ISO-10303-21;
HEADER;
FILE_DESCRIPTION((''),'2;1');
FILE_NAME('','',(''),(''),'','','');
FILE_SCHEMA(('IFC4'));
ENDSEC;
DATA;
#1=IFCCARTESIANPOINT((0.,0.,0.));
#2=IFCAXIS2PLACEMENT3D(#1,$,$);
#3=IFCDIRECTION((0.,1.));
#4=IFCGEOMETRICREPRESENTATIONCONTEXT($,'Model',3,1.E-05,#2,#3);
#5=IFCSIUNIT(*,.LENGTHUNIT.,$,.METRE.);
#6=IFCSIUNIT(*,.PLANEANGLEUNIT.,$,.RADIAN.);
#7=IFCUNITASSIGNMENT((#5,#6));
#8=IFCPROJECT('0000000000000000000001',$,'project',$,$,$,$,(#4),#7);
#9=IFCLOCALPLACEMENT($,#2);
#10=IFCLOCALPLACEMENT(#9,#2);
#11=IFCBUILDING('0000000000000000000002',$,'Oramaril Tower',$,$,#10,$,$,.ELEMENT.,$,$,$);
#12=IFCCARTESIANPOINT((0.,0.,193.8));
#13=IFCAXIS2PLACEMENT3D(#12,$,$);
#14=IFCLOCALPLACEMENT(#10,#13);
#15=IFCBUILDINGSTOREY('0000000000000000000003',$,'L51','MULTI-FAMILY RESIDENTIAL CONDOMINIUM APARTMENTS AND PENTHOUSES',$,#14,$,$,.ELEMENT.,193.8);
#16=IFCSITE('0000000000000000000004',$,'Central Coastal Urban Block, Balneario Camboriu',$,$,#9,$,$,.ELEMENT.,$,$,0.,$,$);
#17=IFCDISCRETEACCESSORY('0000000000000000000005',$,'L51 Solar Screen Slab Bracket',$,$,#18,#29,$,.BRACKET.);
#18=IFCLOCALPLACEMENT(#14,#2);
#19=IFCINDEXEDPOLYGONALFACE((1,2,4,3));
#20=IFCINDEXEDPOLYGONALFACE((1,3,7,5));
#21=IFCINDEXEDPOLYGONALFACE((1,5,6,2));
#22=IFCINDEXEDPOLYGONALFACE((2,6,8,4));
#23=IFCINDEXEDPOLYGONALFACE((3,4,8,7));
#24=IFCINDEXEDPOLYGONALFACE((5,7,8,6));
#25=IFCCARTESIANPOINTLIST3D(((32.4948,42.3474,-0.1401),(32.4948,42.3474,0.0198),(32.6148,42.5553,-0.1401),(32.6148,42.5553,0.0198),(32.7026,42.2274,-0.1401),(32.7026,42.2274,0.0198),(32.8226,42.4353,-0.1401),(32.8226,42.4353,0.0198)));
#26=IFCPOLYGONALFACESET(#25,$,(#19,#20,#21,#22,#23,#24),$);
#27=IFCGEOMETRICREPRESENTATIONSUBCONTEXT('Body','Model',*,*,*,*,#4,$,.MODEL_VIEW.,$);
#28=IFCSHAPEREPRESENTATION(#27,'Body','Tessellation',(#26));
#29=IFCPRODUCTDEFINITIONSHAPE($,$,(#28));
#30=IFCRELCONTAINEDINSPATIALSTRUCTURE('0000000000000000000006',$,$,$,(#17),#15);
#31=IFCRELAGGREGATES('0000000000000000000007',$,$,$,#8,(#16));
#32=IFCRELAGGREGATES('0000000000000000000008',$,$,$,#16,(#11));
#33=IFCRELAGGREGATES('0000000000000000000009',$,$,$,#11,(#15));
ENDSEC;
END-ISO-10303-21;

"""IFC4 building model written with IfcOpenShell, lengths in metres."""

from ifc_helpers import new_model, si_unit, direction, frame, origin, origin_2d, place, context, subcontext, project, spatial, rectangle, extrude, element, save


model = new_model("IFC4")

# Units and contexts
model_context = context("Model", 3, precision=1e-05, world=origin(), true_north=direction((0.0, 1.0)))
body_context = subcontext(model_context, "Body", "Model", "MODEL_VIEW")
ifc_project = project(units=[si_unit("LENGTHUNIT", "METRE"), si_unit("PLANEANGLEUNIT", "RADIAN")], contexts=[model_context])

# Site, building, storey
site_placement = place(None, origin())
site = spatial("IfcSite", under=ifc_project, at=site_placement, Name="Central Coastal Urban Block, Balneario Camboriu", CompositionType="ELEMENT", RefElevation=0.0)
building_placement = place(site_placement, origin())
building = spatial("IfcBuilding", under=site, at=building_placement, Name="Oramaril Tower", CompositionType="ELEMENT")
storey_placement = place(building_placement, frame((0.0, 0.0, 193.8)))
storey = spatial("IfcBuildingStorey", under=building, at=storey_placement, Name="L51", Description="MULTI-FAMILY RESIDENTIAL CONDOMINIUM APARTMENTS AND PENTHOUSES", CompositionType="ELEMENT", Elevation=193.8)

# Discrete accessory
discrete_accessory_placement = place(storey_placement, frame((32.6587, 42.3914, -0.1401), z_axis=(0.0, 0.0, 1.0), x_axis=(-0.5, -0.866025, 0.0)))
element("IfcDiscreteAccessory", 1, at=discrete_accessory_placement, inside=storey, Name="L51 Solar Screen Slab Bracket", PredefinedType="BRACKET", context=body_context, shape_type="SweptSolid", body=[
    extrude(rectangle(XDim=0.24, YDim=0.24, at=origin_2d()), origin(), (0.0, 0.0, 1.0), 0.1599),
])

save(model, "model.ifc")
